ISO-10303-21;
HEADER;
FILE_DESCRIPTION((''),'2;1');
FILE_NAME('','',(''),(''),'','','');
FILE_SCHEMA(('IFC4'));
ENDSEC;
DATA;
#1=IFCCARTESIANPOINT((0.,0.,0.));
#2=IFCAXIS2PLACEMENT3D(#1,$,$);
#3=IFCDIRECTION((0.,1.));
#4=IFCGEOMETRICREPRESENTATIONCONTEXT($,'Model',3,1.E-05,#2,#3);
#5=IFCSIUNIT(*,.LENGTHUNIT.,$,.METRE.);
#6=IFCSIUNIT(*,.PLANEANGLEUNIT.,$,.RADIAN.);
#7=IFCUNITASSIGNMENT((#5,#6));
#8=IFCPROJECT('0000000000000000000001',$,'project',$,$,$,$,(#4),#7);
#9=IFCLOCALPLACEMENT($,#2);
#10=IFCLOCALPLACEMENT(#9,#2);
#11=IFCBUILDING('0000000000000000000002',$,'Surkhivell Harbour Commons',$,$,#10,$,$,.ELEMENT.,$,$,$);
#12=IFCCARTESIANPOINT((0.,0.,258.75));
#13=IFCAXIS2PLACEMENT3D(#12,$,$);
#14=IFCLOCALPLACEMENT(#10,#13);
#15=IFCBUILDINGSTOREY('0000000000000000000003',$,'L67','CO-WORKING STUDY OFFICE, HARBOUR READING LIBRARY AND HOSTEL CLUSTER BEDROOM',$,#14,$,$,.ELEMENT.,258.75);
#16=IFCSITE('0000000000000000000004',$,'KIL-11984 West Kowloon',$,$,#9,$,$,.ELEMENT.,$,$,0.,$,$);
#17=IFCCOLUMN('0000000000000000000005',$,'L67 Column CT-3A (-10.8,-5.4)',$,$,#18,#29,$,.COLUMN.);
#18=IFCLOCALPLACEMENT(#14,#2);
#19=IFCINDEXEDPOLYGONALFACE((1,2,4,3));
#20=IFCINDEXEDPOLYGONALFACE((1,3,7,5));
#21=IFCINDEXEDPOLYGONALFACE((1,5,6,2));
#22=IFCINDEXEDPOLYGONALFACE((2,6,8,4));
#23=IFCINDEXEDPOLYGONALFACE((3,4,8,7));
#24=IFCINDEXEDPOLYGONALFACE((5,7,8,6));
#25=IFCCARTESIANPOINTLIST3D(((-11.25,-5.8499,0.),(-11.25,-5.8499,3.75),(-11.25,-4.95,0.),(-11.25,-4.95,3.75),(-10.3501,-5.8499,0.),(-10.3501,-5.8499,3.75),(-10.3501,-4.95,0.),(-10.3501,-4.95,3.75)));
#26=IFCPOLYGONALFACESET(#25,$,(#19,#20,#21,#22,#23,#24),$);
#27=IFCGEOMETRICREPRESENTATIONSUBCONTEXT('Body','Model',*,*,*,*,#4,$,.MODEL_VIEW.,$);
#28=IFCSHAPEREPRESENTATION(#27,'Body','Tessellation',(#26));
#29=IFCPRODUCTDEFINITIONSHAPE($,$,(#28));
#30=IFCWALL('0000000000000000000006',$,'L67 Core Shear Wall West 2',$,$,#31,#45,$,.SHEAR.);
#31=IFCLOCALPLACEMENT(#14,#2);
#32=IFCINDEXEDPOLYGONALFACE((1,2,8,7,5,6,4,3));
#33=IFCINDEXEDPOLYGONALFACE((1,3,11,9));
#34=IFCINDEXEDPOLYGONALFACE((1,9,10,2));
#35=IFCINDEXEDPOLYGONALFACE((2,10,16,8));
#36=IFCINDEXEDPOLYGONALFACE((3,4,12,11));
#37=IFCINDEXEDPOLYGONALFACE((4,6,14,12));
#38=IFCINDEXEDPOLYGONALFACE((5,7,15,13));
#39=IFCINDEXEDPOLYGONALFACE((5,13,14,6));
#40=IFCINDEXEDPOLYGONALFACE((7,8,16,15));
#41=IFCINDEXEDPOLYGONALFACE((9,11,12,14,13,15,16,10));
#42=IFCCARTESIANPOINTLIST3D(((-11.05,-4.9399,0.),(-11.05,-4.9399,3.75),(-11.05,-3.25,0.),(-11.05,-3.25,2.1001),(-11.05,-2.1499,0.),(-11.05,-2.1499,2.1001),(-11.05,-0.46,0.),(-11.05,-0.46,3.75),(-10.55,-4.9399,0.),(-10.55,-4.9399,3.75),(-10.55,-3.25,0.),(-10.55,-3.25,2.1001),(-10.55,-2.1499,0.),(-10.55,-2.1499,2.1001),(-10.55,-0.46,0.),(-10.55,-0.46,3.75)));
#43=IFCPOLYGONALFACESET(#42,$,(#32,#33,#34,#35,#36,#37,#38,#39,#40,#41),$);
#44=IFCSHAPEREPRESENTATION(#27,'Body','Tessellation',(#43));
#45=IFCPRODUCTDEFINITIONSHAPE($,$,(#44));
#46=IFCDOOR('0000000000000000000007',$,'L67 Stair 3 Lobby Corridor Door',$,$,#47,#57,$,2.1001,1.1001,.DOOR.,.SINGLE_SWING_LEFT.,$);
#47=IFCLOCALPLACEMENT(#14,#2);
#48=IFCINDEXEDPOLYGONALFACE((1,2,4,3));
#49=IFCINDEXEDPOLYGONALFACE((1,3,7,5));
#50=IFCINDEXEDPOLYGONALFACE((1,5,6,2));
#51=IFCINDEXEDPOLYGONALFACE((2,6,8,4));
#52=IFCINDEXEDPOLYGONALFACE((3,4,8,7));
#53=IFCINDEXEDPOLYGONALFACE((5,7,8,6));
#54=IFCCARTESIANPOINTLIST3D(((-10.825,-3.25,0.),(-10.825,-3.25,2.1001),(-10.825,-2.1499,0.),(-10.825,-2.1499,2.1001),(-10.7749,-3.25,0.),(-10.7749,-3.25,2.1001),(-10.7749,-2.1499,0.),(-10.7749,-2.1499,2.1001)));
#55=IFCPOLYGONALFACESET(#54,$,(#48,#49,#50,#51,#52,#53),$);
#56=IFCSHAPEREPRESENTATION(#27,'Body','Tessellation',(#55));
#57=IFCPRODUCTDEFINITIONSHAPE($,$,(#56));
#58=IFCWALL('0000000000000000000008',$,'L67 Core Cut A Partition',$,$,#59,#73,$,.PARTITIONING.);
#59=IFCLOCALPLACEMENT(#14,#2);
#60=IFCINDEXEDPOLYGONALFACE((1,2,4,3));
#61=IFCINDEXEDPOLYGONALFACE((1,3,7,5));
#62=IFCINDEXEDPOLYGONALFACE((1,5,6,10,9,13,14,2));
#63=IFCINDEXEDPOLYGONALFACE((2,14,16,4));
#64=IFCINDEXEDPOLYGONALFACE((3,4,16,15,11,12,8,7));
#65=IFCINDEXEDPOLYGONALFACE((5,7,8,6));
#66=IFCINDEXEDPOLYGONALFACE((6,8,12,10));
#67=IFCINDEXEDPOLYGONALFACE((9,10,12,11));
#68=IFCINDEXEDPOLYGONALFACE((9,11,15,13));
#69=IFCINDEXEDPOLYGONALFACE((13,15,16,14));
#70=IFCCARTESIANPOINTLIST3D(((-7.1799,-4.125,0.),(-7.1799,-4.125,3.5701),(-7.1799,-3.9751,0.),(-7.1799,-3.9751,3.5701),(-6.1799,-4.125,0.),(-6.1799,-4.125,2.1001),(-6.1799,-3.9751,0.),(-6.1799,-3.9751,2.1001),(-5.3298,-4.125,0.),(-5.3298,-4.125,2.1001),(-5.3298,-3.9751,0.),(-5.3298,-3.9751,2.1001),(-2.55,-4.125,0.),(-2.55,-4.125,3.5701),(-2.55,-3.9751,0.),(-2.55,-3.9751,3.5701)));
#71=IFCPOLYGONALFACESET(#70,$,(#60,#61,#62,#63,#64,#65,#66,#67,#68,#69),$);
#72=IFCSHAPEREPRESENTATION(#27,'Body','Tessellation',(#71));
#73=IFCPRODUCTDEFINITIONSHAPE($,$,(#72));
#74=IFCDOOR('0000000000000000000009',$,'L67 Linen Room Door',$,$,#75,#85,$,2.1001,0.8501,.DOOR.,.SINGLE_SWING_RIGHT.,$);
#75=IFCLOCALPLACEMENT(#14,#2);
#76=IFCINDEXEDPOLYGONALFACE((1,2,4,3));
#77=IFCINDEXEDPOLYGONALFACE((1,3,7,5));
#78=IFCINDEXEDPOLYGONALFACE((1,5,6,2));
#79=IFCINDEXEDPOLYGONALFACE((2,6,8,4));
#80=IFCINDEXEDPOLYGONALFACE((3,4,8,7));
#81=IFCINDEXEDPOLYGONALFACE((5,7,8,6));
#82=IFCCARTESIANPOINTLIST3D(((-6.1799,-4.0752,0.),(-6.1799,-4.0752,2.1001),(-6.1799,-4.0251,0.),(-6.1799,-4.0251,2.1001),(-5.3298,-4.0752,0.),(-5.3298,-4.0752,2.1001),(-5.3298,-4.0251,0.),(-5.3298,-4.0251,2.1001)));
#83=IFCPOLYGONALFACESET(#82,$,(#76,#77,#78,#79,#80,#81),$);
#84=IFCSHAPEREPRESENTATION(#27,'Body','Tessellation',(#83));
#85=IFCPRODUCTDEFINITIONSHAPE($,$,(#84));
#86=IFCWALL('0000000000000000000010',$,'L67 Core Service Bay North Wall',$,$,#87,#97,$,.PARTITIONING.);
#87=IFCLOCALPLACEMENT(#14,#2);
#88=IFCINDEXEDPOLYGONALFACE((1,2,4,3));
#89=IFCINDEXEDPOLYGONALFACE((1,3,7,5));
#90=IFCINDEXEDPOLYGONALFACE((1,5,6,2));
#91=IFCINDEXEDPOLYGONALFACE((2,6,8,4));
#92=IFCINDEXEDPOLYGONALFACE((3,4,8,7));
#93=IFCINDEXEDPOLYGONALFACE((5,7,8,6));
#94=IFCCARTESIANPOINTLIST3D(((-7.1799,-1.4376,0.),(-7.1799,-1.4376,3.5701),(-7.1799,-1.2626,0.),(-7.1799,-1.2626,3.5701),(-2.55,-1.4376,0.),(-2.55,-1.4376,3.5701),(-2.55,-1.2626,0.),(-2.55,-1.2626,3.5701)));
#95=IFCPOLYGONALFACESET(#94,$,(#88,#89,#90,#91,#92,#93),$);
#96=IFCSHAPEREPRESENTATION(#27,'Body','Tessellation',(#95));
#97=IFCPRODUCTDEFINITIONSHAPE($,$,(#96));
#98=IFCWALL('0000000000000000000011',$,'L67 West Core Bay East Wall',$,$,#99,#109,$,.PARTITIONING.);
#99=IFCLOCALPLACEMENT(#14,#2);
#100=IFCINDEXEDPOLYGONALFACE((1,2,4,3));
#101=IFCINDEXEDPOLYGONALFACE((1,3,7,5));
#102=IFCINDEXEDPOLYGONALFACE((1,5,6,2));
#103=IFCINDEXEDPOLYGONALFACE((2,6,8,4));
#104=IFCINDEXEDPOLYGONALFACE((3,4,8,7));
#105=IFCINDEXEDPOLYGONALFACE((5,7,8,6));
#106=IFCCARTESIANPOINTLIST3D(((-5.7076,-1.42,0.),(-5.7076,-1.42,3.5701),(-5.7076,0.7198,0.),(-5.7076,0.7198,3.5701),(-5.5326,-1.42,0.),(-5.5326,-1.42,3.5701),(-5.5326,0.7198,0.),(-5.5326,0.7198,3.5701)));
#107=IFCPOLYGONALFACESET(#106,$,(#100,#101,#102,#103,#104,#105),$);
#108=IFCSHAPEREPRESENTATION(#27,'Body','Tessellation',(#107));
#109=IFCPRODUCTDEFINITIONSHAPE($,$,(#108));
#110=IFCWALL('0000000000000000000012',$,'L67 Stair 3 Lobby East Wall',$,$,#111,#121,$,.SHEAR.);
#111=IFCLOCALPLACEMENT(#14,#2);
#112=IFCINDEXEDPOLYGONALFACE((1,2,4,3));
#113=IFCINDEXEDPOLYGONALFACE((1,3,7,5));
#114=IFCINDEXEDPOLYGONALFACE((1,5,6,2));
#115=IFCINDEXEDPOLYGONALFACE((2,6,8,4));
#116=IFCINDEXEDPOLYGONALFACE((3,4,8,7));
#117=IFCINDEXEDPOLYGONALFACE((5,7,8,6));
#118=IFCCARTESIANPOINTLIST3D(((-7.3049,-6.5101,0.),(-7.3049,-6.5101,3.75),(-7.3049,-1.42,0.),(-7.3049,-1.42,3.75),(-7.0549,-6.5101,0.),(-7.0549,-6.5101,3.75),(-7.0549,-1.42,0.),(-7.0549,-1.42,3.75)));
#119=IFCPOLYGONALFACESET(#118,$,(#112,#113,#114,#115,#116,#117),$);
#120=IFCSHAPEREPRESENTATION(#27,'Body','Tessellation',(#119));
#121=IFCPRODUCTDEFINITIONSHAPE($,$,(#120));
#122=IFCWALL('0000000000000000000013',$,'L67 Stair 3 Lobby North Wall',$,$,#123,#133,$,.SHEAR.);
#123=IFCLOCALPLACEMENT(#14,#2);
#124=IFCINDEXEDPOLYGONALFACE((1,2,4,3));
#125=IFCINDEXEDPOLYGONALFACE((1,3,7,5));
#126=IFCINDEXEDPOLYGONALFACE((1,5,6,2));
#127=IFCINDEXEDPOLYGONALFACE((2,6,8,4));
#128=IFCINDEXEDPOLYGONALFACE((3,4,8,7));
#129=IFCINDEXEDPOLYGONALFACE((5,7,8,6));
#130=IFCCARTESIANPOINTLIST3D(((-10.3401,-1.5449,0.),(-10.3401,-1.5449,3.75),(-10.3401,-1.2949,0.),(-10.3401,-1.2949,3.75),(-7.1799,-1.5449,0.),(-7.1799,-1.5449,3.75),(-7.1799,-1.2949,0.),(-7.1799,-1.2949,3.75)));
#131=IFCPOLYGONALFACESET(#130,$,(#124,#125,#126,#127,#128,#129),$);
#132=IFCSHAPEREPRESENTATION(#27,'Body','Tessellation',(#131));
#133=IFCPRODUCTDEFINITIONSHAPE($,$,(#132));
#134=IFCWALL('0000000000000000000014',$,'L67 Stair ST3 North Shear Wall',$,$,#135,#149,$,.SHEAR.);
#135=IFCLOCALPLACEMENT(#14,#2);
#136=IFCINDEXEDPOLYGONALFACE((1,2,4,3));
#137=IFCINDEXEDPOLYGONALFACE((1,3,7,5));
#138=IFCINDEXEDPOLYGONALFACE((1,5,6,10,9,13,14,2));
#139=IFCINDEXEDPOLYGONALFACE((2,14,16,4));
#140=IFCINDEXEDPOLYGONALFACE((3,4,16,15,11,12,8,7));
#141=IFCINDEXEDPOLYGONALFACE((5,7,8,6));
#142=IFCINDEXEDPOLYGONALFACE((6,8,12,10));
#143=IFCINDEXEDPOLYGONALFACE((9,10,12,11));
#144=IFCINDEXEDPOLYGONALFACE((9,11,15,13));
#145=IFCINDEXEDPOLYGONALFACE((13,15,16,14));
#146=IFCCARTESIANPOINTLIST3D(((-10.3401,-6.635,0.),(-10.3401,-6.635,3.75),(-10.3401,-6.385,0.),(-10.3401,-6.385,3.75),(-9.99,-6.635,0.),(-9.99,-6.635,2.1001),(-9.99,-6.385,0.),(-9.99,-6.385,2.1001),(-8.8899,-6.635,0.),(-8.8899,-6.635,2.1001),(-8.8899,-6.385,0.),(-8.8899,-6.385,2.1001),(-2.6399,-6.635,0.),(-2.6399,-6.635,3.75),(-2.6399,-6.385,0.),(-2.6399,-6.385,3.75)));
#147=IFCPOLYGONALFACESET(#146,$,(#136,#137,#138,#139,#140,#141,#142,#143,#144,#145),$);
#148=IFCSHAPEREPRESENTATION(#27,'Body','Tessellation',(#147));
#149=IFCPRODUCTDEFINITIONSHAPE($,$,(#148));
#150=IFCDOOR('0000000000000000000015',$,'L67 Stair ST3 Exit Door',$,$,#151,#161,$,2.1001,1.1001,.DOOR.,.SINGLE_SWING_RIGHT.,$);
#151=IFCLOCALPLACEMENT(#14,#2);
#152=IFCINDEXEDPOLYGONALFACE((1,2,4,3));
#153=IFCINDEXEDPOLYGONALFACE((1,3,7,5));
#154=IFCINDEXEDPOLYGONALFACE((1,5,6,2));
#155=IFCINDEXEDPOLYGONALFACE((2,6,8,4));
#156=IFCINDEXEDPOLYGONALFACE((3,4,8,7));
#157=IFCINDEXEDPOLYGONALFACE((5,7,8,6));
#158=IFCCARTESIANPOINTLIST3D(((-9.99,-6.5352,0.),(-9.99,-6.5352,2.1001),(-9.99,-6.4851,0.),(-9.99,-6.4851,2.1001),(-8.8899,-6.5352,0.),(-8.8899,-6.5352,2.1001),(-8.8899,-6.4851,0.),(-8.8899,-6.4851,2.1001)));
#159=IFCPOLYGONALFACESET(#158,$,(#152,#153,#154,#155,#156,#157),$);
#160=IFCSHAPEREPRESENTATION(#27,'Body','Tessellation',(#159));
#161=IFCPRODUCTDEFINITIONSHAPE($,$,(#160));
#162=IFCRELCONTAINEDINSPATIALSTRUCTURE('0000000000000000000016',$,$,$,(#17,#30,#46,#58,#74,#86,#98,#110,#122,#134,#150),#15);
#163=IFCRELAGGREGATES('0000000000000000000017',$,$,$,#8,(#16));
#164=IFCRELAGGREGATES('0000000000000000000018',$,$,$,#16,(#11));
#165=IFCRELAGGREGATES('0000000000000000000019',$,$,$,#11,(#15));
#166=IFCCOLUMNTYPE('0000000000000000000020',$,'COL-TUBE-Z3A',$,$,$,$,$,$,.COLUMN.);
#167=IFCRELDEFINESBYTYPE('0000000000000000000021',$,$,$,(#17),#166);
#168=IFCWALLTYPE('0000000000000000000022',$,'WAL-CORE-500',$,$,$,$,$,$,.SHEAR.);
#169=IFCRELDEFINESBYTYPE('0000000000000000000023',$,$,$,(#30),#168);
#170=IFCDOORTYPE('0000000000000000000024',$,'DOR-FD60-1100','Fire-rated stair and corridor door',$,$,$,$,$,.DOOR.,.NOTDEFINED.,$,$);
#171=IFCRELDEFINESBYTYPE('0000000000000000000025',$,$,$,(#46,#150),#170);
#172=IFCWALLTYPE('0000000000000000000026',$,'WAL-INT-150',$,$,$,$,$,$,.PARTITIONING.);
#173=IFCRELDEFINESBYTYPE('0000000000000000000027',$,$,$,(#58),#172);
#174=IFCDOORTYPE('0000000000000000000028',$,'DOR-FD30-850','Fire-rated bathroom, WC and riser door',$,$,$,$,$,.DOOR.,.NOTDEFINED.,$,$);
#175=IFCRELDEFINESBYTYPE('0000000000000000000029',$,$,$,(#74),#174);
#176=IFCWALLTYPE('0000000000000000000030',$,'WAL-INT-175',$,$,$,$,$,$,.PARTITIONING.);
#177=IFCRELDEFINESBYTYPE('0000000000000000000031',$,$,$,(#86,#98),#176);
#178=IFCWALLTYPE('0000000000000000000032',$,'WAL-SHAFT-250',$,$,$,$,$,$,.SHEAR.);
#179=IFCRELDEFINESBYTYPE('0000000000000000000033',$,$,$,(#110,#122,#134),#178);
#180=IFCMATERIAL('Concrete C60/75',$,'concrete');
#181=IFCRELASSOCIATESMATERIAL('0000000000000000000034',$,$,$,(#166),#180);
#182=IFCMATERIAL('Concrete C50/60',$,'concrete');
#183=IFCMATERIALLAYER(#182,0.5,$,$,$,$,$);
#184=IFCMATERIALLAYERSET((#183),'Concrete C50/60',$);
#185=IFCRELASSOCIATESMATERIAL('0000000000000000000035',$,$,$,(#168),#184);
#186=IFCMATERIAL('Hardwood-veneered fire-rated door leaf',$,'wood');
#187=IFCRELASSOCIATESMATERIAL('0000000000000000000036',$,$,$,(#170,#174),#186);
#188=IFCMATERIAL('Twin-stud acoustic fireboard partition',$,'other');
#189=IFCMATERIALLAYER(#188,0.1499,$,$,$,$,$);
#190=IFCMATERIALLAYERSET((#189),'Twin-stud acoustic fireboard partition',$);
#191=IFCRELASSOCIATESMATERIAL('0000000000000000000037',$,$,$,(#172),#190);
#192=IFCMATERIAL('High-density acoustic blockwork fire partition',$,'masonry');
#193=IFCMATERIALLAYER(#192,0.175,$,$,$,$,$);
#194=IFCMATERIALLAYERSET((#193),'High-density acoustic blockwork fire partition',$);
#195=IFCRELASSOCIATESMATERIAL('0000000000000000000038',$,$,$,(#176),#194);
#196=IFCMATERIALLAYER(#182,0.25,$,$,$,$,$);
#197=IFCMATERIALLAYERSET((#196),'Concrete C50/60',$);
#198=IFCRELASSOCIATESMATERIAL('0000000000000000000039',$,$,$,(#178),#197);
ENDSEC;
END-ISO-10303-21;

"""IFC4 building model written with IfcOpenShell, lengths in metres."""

from ifc_helpers import new_model, si_unit, direction, frame, frame_2d, origin, origin_2d, place, context, subcontext, project, spatial, rectangle, extrude, material, layer, layer_set, material_profile, profile_set, type_object, element, fill, save


model = new_model("IFC4")

# Units and contexts
model_context = context("Model", 3, precision=1e-05, world=origin(), true_north=direction((0.0, 1.0)))
body_context = subcontext(model_context, "Body", "Model", "MODEL_VIEW")
ifc_project = project(units=[si_unit("LENGTHUNIT", "METRE"), si_unit("PLANEANGLEUNIT", "RADIAN")], contexts=[model_context])

# Site, building, storey
site_placement = place(None, origin())
site = spatial("IfcSite", under=ifc_project, at=site_placement, Name="KIL-11984 West Kowloon", CompositionType="ELEMENT", RefElevation=0.0)
building_placement = place(site_placement, origin())
building = spatial("IfcBuilding", under=site, at=building_placement, Name="Surkhivell Harbour Commons", CompositionType="ELEMENT")
storey_placement = place(building_placement, frame((0.0, 0.0, 258.75)))
storey = spatial("IfcBuildingStorey", under=building, at=storey_placement, Name="L67", Description="CO-WORKING STUDY OFFICE, HARBOUR READING LIBRARY AND HOSTEL CLUSTER BEDROOM", CompositionType="ELEMENT", Elevation=258.75)

# Column
ifc_material_1 = material(Name="Concrete C60/75", Category="concrete")
ifc_material_profile = material_profile(ifc_material_1, rectangle(XDim=0.8999, YDim=0.8999, at=origin_2d()), Name="RC-COL-900x900")
ifc_profile_set = profile_set([ifc_material_profile], Name="Concrete C60/75")
column_type = type_object("IfcColumnType", Name="COL-TUBE-Z3A", PredefinedType="COLUMN", material=ifc_profile_set)
column_placement = place(storey_placement, frame((-10.8, -5.3999, 0.0), z_axis=(0.0, 0.0, 1.0), x_axis=(1.0, 0.0, 0.0)))
element("IfcColumn", 1, at=column_placement, inside=storey, type_object=column_type, Name="L67 Column CT-3A (-10.8,-5.4)", PredefinedType="COLUMN", context=body_context, shape_type="SweptSolid", body=[
    extrude(rectangle(XDim=0.8999, YDim=0.8999, at=origin_2d()), origin(), (0.0, 0.0, 1.0), 3.75),
])

# Walls, openings, doors
ifc_material_2 = material(Name="Concrete C50/60", Category="concrete")
ifc_layer_1 = layer(ifc_material_2, 0.5)
ifc_layer_set_1 = layer_set([ifc_layer_1], Name="Concrete C50/60")
wall_type_1 = type_object("IfcWallType", Name="WAL-CORE-500", PredefinedType="SHEAR", material=ifc_layer_set_1)
wall_1_placement = place(storey_placement, frame((-10.8, -4.9399, 0.0), z_axis=(0.0, 0.0, 1.0), x_axis=(0.0, 1.0, 0.0)))
wall_1 = element("IfcWall", 2, at=wall_1_placement, inside=storey, type_object=wall_type_1, Name="L67 Core Shear Wall West 2", PredefinedType="SHEAR", context=body_context, shape_type="SweptSolid", body=[
    extrude(rectangle(XDim=4.48, YDim=0.5, at=frame_2d((2.24, 0.0))), origin(), (0.0, 0.0, 1.0), 3.75),
])
opening_1_placement = place(wall_1_placement, frame((1.6899, 0.0, 0.0)))
opening_1 = element("IfcOpeningElement", 3, at=opening_1_placement, cuts=wall_1, PredefinedType="OPENING", context=body_context, shape_type="SweptSolid", body=[
    extrude(rectangle(XDim=1.1001, YDim=2.1001, at=frame_2d((0.55, 1.05))), frame((0.0, 0.26, 0.0), z_axis=(0.0, -1.0, 0.0), x_axis=(1.0, 0.0, 0.0)), (0.0, 0.0, 1.0), 0.52),
])
ifc_material_3 = material(Name="Hardwood-veneered fire-rated door leaf", Category="wood")
door_type_1 = type_object("IfcDoorType", Name="DOR-FD60-1100", Description="Fire-rated stair and corridor door", OperationType="NOTDEFINED", PredefinedType="DOOR", material=ifc_material_3)
door_1_placement = place(opening_1_placement, origin())
door_1 = element("IfcDoor", 4, at=door_1_placement, inside=storey, type_object=door_type_1, Name="L67 Stair 3 Lobby Corridor Door", OperationType="SINGLE_SWING_LEFT", OverallHeight=2.1001, OverallWidth=1.1001, PredefinedType="DOOR", context=body_context, shape_type="SweptSolid", body=[
    extrude(rectangle(XDim=1.1001, YDim=2.1001, at=frame_2d((0.55, 1.05))), frame((0.0, 0.0249, 0.0), z_axis=(0.0, -1.0, 0.0), x_axis=(1.0, 0.0, 0.0)), (0.0, 0.0, 1.0), 0.05),
])
fill(opening_1, door_1)
ifc_material_4 = material(Name="Twin-stud acoustic fireboard partition", Category="other")
ifc_layer_2 = layer(ifc_material_4, 0.1499)
ifc_layer_set_2 = layer_set([ifc_layer_2], Name="Twin-stud acoustic fireboard partition")
wall_type_2 = type_object("IfcWallType", Name="WAL-INT-150", PredefinedType="PARTITIONING", material=ifc_layer_set_2)
wall_2_placement = place(storey_placement, frame((-7.1799, -4.05, 0.0), z_axis=(0.0, 0.0, 1.0), x_axis=(1.0, 0.0, 0.0)))
wall_2 = element("IfcWall", 5, at=wall_2_placement, inside=storey, type_object=wall_type_2, Name="L67 Core Cut A Partition", PredefinedType="PARTITIONING", context=body_context, shape_type="SweptSolid", body=[
    extrude(rectangle(XDim=4.6299, YDim=0.1499, at=frame_2d((2.3149, 0.0))), origin(), (0.0, 0.0, 1.0), 3.5701),
])
opening_2_placement = place(wall_2_placement, frame((1.0, 0.0, 0.0)))
opening_2 = element("IfcOpeningElement", 6, at=opening_2_placement, cuts=wall_2, PredefinedType="OPENING", context=body_context, shape_type="SweptSolid", body=[
    extrude(rectangle(XDim=0.8501, YDim=2.1001, at=frame_2d((0.425, 1.05))), frame((0.0, 0.085, 0.0), z_axis=(0.0, -1.0, 0.0), x_axis=(1.0, 0.0, 0.0)), (0.0, 0.0, 1.0), 0.1699),
])
door_type_2 = type_object("IfcDoorType", Name="DOR-FD30-850", Description="Fire-rated bathroom, WC and riser door", OperationType="NOTDEFINED", PredefinedType="DOOR", material=ifc_material_3)
door_2_placement = place(opening_2_placement, origin())
door_2 = element("IfcDoor", 7, at=door_2_placement, inside=storey, type_object=door_type_2, Name="L67 Linen Room Door", OperationType="SINGLE_SWING_RIGHT", OverallHeight=2.1001, OverallWidth=0.8501, PredefinedType="DOOR", context=body_context, shape_type="SweptSolid", body=[
    extrude(rectangle(XDim=0.8501, YDim=2.1001, at=frame_2d((0.425, 1.05))), frame((0.0, 0.0249, 0.0), z_axis=(0.0, -1.0, 0.0), x_axis=(1.0, 0.0, 0.0)), (0.0, 0.0, 1.0), 0.05),
])
fill(opening_2, door_2)

# Walls
ifc_material_5 = material(Name="High-density acoustic blockwork fire partition", Category="masonry")
ifc_layer_3 = layer(ifc_material_5, 0.175)
ifc_layer_set_3 = layer_set([ifc_layer_3], Name="High-density acoustic blockwork fire partition")
wall_type_3 = type_object("IfcWallType", Name="WAL-INT-175", PredefinedType="PARTITIONING", material=ifc_layer_set_3)
wall_3_placement = place(storey_placement, frame((-7.1799, -1.3501, 0.0), z_axis=(0.0, 0.0, 1.0), x_axis=(1.0, 0.0, 0.0)))
element("IfcWall", 8, at=wall_3_placement, inside=storey, type_object=wall_type_3, Name="L67 Core Service Bay North Wall", PredefinedType="PARTITIONING", context=body_context, shape_type="SweptSolid", body=[
    extrude(rectangle(XDim=4.6299, YDim=0.175, at=frame_2d((2.3149, 0.0))), origin(), (0.0, 0.0, 1.0), 3.5701),
])
wall_4_placement = place(storey_placement, frame((-5.6201, -1.4199, 0.0), z_axis=(0.0, 0.0, 1.0), x_axis=(0.0, 1.0, 0.0)))
element("IfcWall", 9, at=wall_4_placement, inside=storey, type_object=wall_type_3, Name="L67 West Core Bay East Wall", PredefinedType="PARTITIONING", context=body_context, shape_type="SweptSolid", body=[
    extrude(rectangle(XDim=2.1399, YDim=0.175, at=frame_2d((1.0698, 0.0))), origin(), (0.0, 0.0, 1.0), 3.5701),
])
ifc_layer_4 = layer(ifc_material_2, 0.25)
ifc_layer_set_4 = layer_set([ifc_layer_4], Name="Concrete C50/60")
wall_type_4 = type_object("IfcWallType", Name="WAL-SHAFT-250", PredefinedType="SHEAR", material=ifc_layer_set_4)
wall_5_placement = place(storey_placement, frame((-7.1799, -6.51, 0.0), z_axis=(0.0, 0.0, 1.0), x_axis=(0.0, 1.0, 0.0)))
element("IfcWall", 10, at=wall_5_placement, inside=storey, type_object=wall_type_4, Name="L67 Stair 3 Lobby East Wall", PredefinedType="SHEAR", context=body_context, shape_type="SweptSolid", body=[
    extrude(rectangle(XDim=5.0901, YDim=0.25, at=frame_2d((2.5449, 0.0))), origin(), (0.0, 0.0, 1.0), 3.75),
])
wall_6_placement = place(storey_placement, frame((-10.3401, -1.4199, 0.0), z_axis=(0.0, 0.0, 1.0), x_axis=(1.0, 0.0, 0.0)))
element("IfcWall", 11, at=wall_6_placement, inside=storey, type_object=wall_type_4, Name="L67 Stair 3 Lobby North Wall", PredefinedType="SHEAR", context=body_context, shape_type="SweptSolid", body=[
    extrude(rectangle(XDim=3.1602, YDim=0.25, at=frame_2d((1.5801, 0.0))), origin(), (0.0, 0.0, 1.0), 3.75),
])

# Wall, opening, door
wall_7_placement = place(storey_placement, frame((-10.3401, -6.51, 0.0), z_axis=(0.0, 0.0, 1.0), x_axis=(1.0, 0.0, 0.0)))
wall_7 = element("IfcWall", 12, at=wall_7_placement, inside=storey, type_object=wall_type_4, Name="L67 Stair ST3 North Shear Wall", PredefinedType="SHEAR", context=body_context, shape_type="SweptSolid", body=[
    extrude(rectangle(XDim=7.7002, YDim=0.25, at=frame_2d((3.8501, 0.0))), origin(), (0.0, 0.0, 1.0), 3.75),
])
opening_3_placement = place(wall_7_placement, frame((0.3501, 0.0, 0.0)))
opening_3 = element("IfcOpeningElement", 13, at=opening_3_placement, cuts=wall_7, PredefinedType="OPENING", context=body_context, shape_type="SweptSolid", body=[
    extrude(rectangle(XDim=1.1001, YDim=2.1001, at=frame_2d((0.55, 1.05))), frame((0.0, 0.135, 0.0), z_axis=(0.0, -1.0, 0.0), x_axis=(1.0, 0.0, 0.0)), (0.0, 0.0, 1.0), 0.27),
])
door_3_placement = place(opening_3_placement, origin())
door_3 = element("IfcDoor", 14, at=door_3_placement, inside=storey, type_object=door_type_1, Name="L67 Stair ST3 Exit Door", OperationType="SINGLE_SWING_RIGHT", OverallHeight=2.1001, OverallWidth=1.1001, PredefinedType="DOOR", context=body_context, shape_type="SweptSolid", body=[
    extrude(rectangle(XDim=1.1001, YDim=2.1001, at=frame_2d((0.55, 1.05))), frame((0.0, 0.0249, 0.0), z_axis=(0.0, -1.0, 0.0), x_axis=(1.0, 0.0, 0.0)), (0.0, 0.0, 1.0), 0.05),
])
fill(opening_3, door_3)

save(model, "model.ifc")
